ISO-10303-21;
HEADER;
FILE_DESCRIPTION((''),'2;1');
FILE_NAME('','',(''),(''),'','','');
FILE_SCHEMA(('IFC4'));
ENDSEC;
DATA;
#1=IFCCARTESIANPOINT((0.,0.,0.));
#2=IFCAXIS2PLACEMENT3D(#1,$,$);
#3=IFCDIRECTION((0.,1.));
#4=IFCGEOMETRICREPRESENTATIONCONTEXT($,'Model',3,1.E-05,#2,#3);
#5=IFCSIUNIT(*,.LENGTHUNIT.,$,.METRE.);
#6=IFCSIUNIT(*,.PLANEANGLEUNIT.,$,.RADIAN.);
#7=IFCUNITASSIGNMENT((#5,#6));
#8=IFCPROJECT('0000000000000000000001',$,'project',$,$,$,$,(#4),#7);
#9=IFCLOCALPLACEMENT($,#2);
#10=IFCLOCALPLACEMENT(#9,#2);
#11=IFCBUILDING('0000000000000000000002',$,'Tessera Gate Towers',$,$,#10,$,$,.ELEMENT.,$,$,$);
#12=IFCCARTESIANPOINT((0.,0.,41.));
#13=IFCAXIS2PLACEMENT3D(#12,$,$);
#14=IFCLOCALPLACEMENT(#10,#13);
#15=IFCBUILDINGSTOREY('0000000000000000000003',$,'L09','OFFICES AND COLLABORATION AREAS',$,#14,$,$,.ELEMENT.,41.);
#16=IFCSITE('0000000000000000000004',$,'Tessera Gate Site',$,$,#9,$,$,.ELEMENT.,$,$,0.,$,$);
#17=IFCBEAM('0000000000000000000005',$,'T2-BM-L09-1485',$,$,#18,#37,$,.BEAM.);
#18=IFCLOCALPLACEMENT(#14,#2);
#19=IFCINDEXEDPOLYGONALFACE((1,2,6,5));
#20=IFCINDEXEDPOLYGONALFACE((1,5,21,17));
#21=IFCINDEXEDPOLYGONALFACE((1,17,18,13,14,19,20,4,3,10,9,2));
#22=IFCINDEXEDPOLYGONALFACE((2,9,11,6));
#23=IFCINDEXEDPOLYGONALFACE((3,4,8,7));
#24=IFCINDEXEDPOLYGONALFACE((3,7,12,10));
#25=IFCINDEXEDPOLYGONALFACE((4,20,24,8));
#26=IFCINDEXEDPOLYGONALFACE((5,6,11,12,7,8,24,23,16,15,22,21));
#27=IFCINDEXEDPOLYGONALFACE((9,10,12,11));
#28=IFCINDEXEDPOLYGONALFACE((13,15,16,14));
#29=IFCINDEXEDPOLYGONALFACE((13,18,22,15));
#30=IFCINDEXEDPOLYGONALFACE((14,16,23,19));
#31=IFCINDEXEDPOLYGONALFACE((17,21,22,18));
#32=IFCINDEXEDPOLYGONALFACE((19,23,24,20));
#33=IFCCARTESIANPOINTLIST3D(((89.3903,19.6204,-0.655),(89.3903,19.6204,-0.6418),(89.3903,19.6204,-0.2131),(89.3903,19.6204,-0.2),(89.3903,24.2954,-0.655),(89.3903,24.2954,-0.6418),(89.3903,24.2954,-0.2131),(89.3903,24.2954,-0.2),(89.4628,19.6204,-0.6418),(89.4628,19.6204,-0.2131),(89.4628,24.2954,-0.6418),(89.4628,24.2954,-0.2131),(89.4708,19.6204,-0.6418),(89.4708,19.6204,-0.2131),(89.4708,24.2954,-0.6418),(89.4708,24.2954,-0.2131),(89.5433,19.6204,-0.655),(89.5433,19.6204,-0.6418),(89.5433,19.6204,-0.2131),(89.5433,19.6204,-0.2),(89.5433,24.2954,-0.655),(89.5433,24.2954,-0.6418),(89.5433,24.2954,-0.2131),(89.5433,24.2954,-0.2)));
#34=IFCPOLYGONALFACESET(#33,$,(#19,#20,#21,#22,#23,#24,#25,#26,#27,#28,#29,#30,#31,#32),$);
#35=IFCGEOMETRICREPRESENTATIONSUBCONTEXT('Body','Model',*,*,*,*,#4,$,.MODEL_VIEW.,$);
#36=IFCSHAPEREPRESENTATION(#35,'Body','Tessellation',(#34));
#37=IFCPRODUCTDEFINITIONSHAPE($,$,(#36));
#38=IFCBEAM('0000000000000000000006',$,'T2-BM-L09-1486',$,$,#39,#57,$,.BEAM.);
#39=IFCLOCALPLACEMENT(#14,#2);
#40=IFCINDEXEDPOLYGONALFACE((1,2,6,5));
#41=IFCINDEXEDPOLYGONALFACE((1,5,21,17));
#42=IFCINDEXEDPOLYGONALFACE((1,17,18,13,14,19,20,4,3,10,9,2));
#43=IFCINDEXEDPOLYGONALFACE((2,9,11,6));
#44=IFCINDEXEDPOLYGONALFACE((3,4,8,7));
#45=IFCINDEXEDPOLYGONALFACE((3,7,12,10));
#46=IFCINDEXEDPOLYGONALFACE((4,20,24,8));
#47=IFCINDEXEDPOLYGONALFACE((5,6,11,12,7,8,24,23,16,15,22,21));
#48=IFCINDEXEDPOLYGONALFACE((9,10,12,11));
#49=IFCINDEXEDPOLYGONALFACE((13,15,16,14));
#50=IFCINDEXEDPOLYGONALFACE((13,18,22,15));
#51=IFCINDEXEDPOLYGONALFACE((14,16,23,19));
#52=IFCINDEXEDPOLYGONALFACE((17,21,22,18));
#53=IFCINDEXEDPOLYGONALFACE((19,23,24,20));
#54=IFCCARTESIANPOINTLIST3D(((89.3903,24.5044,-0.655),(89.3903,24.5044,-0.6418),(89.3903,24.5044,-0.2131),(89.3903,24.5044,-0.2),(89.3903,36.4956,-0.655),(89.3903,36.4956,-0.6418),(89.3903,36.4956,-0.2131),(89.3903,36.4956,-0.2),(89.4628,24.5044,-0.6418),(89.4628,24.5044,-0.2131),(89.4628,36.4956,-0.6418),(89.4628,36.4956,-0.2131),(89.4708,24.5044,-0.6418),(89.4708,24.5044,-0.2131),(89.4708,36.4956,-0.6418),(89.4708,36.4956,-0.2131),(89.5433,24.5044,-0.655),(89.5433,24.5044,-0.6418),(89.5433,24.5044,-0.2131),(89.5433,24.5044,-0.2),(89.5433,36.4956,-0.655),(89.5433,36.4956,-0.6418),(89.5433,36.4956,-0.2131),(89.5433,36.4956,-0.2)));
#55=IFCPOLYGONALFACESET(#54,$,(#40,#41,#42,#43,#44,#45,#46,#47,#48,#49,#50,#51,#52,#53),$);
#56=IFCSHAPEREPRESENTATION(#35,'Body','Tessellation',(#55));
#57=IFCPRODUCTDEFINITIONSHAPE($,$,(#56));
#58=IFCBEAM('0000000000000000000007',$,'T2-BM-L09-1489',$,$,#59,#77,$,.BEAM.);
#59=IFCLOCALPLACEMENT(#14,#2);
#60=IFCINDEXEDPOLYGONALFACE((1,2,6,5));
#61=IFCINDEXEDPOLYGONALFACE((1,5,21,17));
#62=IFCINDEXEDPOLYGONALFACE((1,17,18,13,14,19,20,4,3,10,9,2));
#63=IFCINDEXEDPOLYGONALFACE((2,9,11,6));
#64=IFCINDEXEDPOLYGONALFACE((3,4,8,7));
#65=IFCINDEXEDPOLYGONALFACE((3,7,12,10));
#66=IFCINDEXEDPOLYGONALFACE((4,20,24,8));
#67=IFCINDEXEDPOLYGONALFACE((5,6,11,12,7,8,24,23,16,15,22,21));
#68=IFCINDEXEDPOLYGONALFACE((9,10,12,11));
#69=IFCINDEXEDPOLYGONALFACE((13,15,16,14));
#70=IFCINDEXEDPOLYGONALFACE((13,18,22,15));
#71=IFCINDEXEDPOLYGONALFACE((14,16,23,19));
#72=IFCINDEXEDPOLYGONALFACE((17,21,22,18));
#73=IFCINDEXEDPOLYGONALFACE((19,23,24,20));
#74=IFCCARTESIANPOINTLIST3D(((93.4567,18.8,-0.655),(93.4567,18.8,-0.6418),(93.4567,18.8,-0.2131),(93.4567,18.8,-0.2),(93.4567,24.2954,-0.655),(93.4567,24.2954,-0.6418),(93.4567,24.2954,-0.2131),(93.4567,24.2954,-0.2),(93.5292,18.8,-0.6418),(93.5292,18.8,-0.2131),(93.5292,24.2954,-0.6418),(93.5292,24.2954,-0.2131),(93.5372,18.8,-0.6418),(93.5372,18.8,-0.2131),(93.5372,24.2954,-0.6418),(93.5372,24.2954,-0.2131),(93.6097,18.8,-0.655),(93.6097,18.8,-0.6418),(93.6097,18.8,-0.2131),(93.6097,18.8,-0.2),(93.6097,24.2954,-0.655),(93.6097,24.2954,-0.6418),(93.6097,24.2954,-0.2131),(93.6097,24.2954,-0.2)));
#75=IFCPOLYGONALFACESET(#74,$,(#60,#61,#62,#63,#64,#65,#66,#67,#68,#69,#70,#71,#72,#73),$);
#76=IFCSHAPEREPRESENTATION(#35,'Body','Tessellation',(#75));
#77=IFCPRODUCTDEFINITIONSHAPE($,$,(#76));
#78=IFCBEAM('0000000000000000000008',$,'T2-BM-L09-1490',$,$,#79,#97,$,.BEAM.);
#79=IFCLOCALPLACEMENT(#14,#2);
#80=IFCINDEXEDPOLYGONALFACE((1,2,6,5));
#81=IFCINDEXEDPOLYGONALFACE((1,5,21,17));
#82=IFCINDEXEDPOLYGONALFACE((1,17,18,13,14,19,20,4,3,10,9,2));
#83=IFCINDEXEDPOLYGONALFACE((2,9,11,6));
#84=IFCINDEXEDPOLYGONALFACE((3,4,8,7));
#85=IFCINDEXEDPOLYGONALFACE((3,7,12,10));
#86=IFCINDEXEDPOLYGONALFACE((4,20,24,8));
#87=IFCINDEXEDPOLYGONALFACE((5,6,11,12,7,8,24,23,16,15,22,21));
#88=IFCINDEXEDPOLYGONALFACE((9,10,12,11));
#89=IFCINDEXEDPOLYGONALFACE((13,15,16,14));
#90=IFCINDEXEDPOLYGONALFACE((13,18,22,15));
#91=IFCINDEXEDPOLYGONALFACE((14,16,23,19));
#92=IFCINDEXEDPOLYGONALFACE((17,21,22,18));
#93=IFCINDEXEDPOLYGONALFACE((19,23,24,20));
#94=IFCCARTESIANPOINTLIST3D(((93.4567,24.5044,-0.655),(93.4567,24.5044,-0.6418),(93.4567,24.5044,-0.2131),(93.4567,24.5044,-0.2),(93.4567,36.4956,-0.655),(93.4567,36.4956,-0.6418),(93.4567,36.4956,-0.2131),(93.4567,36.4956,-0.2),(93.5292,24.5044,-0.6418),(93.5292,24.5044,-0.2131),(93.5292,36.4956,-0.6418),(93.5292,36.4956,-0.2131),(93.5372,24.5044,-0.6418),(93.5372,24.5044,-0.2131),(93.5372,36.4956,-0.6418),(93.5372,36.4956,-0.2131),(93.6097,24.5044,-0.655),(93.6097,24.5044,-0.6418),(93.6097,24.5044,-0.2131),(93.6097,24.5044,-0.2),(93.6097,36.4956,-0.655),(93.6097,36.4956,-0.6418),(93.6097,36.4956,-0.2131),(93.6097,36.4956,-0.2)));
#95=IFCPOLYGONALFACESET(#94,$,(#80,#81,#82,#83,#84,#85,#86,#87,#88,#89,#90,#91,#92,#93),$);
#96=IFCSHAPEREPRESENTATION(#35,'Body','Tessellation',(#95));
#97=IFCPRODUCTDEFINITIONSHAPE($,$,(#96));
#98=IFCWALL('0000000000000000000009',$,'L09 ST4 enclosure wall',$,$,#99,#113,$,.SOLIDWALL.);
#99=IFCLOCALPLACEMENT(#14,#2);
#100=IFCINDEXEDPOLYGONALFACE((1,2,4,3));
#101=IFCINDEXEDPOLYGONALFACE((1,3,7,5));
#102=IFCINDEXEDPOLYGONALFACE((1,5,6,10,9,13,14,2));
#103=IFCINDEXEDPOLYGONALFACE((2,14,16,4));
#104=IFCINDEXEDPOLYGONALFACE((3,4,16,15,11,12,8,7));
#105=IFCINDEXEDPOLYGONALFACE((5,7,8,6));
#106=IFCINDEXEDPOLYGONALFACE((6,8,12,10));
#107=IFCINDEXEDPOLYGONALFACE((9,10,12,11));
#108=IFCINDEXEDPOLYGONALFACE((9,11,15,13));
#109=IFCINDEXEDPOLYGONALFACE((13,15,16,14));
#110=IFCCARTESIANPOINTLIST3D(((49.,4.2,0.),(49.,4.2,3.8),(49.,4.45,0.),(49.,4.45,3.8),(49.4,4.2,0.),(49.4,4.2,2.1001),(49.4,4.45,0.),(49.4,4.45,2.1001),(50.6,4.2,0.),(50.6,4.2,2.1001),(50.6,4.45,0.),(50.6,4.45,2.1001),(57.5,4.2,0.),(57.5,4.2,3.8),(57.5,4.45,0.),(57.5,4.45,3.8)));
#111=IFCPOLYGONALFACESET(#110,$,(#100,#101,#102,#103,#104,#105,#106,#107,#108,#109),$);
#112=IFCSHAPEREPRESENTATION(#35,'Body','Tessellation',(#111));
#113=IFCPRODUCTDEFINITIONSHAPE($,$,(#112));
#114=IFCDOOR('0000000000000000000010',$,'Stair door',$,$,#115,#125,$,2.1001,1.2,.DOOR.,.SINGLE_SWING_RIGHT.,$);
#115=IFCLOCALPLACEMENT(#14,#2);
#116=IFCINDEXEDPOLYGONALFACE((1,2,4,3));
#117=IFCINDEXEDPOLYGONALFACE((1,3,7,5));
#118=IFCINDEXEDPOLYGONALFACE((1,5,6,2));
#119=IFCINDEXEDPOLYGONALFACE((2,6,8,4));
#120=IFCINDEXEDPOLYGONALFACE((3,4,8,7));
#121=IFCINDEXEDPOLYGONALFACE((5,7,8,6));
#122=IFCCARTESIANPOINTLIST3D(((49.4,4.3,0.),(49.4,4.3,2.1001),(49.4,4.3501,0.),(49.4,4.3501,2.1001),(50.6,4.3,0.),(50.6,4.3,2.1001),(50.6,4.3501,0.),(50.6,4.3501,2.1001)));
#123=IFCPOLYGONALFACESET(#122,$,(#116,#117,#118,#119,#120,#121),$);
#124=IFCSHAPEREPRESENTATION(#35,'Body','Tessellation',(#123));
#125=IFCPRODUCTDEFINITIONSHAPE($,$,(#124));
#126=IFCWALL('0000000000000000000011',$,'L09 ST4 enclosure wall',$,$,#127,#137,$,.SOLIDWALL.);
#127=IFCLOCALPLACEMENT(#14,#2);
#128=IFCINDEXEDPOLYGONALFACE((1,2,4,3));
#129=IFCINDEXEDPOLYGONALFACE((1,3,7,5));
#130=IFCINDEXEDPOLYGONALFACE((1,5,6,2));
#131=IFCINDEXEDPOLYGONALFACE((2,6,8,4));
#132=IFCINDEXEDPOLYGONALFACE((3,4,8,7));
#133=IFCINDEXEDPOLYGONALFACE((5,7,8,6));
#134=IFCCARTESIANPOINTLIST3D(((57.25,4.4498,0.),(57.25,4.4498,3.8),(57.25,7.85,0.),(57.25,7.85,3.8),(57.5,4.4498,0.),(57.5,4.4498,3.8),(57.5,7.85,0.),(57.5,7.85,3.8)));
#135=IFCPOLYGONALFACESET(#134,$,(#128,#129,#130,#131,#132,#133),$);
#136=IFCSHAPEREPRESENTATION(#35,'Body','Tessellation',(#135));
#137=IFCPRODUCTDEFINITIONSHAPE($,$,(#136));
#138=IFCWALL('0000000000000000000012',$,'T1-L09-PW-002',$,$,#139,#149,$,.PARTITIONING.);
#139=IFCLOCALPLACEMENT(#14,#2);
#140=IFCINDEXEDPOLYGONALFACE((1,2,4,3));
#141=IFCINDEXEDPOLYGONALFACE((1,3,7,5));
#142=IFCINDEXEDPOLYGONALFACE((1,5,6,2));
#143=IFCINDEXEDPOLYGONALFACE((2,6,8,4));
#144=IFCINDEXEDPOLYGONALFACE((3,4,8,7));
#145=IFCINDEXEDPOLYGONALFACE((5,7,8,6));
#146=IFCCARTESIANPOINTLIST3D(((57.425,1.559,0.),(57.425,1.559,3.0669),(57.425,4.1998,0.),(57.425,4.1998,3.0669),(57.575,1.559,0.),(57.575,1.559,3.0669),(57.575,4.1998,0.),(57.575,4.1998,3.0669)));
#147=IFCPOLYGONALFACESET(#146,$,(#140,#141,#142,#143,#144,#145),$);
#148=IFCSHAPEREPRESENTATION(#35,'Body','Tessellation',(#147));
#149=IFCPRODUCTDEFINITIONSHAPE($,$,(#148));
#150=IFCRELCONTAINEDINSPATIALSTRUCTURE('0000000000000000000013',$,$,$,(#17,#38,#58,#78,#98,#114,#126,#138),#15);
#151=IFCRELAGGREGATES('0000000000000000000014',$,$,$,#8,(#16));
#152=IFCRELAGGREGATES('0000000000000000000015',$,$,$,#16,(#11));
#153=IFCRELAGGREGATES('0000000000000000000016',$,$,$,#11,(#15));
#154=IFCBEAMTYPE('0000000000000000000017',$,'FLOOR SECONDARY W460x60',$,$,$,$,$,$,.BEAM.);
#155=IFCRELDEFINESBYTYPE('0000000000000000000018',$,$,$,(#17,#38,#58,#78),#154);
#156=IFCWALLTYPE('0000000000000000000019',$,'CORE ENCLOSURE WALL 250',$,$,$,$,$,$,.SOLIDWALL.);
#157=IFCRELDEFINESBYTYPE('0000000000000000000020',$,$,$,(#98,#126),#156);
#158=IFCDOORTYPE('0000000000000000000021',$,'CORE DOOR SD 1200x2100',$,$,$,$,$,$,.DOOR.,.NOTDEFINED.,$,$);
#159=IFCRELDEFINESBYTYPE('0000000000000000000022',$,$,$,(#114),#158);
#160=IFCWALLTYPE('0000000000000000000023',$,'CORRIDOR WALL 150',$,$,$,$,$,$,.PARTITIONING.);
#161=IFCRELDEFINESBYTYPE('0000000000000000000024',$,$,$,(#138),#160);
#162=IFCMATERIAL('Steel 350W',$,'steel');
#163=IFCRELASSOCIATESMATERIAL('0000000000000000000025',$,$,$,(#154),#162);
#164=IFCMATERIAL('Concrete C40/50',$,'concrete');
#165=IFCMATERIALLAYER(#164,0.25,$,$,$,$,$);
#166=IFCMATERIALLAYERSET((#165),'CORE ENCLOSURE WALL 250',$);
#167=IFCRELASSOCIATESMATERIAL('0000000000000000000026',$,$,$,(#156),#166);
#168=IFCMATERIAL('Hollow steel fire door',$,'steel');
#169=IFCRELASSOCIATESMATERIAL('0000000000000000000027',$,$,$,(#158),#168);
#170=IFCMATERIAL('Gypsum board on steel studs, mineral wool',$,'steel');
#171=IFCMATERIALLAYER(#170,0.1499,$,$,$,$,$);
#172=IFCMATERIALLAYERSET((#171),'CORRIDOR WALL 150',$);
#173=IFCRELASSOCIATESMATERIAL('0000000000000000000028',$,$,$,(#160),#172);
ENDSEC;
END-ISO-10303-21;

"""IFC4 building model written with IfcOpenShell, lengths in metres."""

from ifc_helpers import new_model, si_unit, direction, frame, frame_2d, origin, origin_2d, place, context, subcontext, project, spatial, rectangle, i_section, extrude, source, transform, mapped, material, layer, layer_set, material_profile, profile_set, type_object, element, fill, save


model = new_model("IFC4")

# Units and contexts
model_context = context("Model", 3, precision=1e-05, world=origin(), true_north=direction((0.0, 1.0)))
body_context = subcontext(model_context, "Body", "Model", "MODEL_VIEW")
ifc_project = project(units=[si_unit("LENGTHUNIT", "METRE"), si_unit("PLANEANGLEUNIT", "RADIAN")], contexts=[model_context])

# Site, building, storey
site_placement = place(None, origin())
site = spatial("IfcSite", under=ifc_project, at=site_placement, Name="Tessera Gate Site", CompositionType="ELEMENT", RefElevation=0.0)
building_placement = place(site_placement, origin())
building = spatial("IfcBuilding", under=site, at=building_placement, Name="Tessera Gate Towers", CompositionType="ELEMENT")
storey_placement = place(building_placement, frame((0.0, 0.0, 41.0)))
storey = spatial("IfcBuildingStorey", under=building, at=storey_placement, Name="L09", Description="OFFICES AND COLLABORATION AREAS", CompositionType="ELEMENT", Elevation=41.0)

# Beams
ifc_material_1 = material(Name="Steel 350W", Category="steel")
ifc_material_profile_1 = material_profile(ifc_material_1, i_section(OverallWidth=0.1531, OverallDepth=0.4551, WebThickness=0.0081, FlangeThickness=0.0132, at=origin_2d()), Name="W460x60")
ifc_profile_set_1 = profile_set([ifc_material_profile_1], Name="Steel 350W")
beam_type_1 = type_object("IfcBeamType", Name="FLOOR SECONDARY W460x60", PredefinedType="BEAM", material=ifc_profile_set_1)
beam_1_placement = place(storey_placement, frame((89.4668, 19.6204, -0.4275), z_axis=(0.0, 1.0, 0.0), x_axis=(-1.0, 0.0, 0.0)))
element("IfcBeam", 1, at=beam_1_placement, inside=storey, type_object=beam_type_1, Name="T2-BM-L09-1485", PredefinedType="BEAM", context=body_context, shape_type="SweptSolid", body=[
    extrude(i_section(OverallWidth=0.1531, OverallDepth=0.4551, WebThickness=0.0081, FlangeThickness=0.0132, at=origin_2d()), origin(), (0.0, 0.0, 1.0), 4.675),
])
beam_2_placement = place(storey_placement, frame((89.4668, 24.5044, -0.4275), z_axis=(0.0, 1.0, 0.0), x_axis=(-1.0, 0.0, 0.0)))
element("IfcBeam", 2, at=beam_2_placement, inside=storey, type_object=beam_type_1, Name="T2-BM-L09-1486", PredefinedType="BEAM", context=body_context, shape_type="SweptSolid", body=[
    extrude(i_section(OverallWidth=0.1531, OverallDepth=0.4551, WebThickness=0.0081, FlangeThickness=0.0132, at=origin_2d()), origin(), (0.0, 0.0, 1.0), 11.9912),
])
beam_3_placement = place(storey_placement, frame((93.5332, 18.8, -0.4275), z_axis=(0.0, 1.0, 0.0), x_axis=(-1.0, 0.0, 0.0)))
element("IfcBeam", 3, at=beam_3_placement, inside=storey, type_object=beam_type_1, Name="T2-BM-L09-1489", PredefinedType="BEAM", context=body_context, shape_type="SweptSolid", body=[
    extrude(i_section(OverallWidth=0.1531, OverallDepth=0.4551, WebThickness=0.0081, FlangeThickness=0.0132, at=origin_2d()), origin(), (0.0, 0.0, 1.0), 5.4954),
])
beam_4_placement = place(storey_placement, frame((93.5332, 24.5044, -0.4275), z_axis=(0.0, 1.0, 0.0), x_axis=(-1.0, 0.0, 0.0)))
element("IfcBeam", 4, at=beam_4_placement, inside=storey, type_object=beam_type_1, Name="T2-BM-L09-1490", PredefinedType="BEAM", context=body_context, shape_type="SweptSolid", body=[
    extrude(i_section(OverallWidth=0.1531, OverallDepth=0.4551, WebThickness=0.0081, FlangeThickness=0.0132, at=origin_2d()), origin(), (0.0, 0.0, 1.0), 11.9912),
])

# Wall, opening, door
ifc_material_2 = material(Name="Concrete C40/50", Category="concrete")
ifc_layer_1 = layer(ifc_material_2, 0.25)
ifc_layer_set_1 = layer_set([ifc_layer_1], Name="CORE ENCLOSURE WALL 250")
wall_type_1 = type_object("IfcWallType", Name="CORE ENCLOSURE WALL 250", PredefinedType="SOLIDWALL", material=ifc_layer_set_1)
wall_1_placement = place(storey_placement, frame((57.5, 4.325, 0.0), z_axis=(0.0, 0.0, 1.0), x_axis=(-1.0, 0.0, 0.0)))
wall_1 = element("IfcWall", 5, at=wall_1_placement, inside=storey, type_object=wall_type_1, Name="L09 ST4 enclosure wall", PredefinedType="SOLIDWALL", context=body_context, shape_type="SweptSolid", body=[
    extrude(rectangle(XDim=8.5, YDim=0.25, at=frame_2d((4.25, 0.0))), origin(), (0.0, 0.0, 1.0), 3.8),
])
shared_shape_1 = source(origin(), body_context, "Body", "SweptSolid", [
    extrude(rectangle(XDim=1.2, YDim=2.1001, at=frame_2d((0.6001, 1.05))), frame((0.0, 0.135, 0.0), z_axis=(0.0, -1.0, 0.0), x_axis=(1.0, 0.0, 0.0)), (0.0, 0.0, 1.0), 0.27),
])
opening_1_placement = place(wall_1_placement, frame((6.8999, 0.0, 0.0)))
opening_1 = element("IfcOpeningElement", 6, at=opening_1_placement, cuts=wall_1, PredefinedType="OPENING", context=body_context, shape_type="MappedRepresentation", body=[
    mapped(shared_shape_1, transform((0.0, 0.0, 0.0), scale=1.0)),
])
ifc_material_3 = material(Name="Hollow steel fire door", Category="steel")
door_type_1 = type_object("IfcDoorType", Name="CORE DOOR SD 1200x2100", OperationType="NOTDEFINED", PredefinedType="DOOR", material=ifc_material_3)
shared_shape_2 = source(origin(), body_context, "Body", "SweptSolid", [
    extrude(rectangle(XDim=1.2, YDim=2.1001, at=frame_2d((0.6001, 1.05))), frame((0.0, 0.0249, 0.0), z_axis=(0.0, -1.0, 0.0), x_axis=(1.0, 0.0, 0.0)), (0.0, 0.0, 1.0), 0.05),
])
door_1_placement = place(opening_1_placement, origin())
door_1 = element("IfcDoor", 7, at=door_1_placement, inside=storey, type_object=door_type_1, Name="Stair door", OperationType="SINGLE_SWING_RIGHT", OverallHeight=2.1001, OverallWidth=1.2, PredefinedType="DOOR", context=body_context, shape_type="MappedRepresentation", body=[
    mapped(shared_shape_2, transform((0.0, 0.0, 0.0), scale=1.0)),
])
fill(opening_1, door_1)

# Walls
wall_2_placement = place(storey_placement, frame((57.375, 7.8501, 0.0), z_axis=(0.0, 0.0, 1.0), x_axis=(0.0, -1.0, 0.0)))
element("IfcWall", 8, at=wall_2_placement, inside=storey, type_object=wall_type_1, Name="L09 ST4 enclosure wall", PredefinedType="SOLIDWALL", context=body_context, shape_type="SweptSolid", body=[
    extrude(rectangle(XDim=3.4001, YDim=0.25, at=frame_2d((1.7002, 0.0))), origin(), (0.0, 0.0, 1.0), 3.8),
])
ifc_material_4 = material(Name="Gypsum board on steel studs, mineral wool", Category="steel")
ifc_layer_2 = layer(ifc_material_4, 0.1499)
ifc_layer_set_2 = layer_set([ifc_layer_2], Name="CORRIDOR WALL 150")
wall_type_2 = type_object("IfcWallType", Name="CORRIDOR WALL 150", PredefinedType="PARTITIONING", material=ifc_layer_set_2)
wall_3_placement = place(storey_placement, frame((57.5, 1.5591, 0.0), z_axis=(0.0, 0.0, 1.0), x_axis=(0.0, 1.0, 0.0)))
element("IfcWall", 9, at=wall_3_placement, inside=storey, type_object=wall_type_2, Name="T1-L09-PW-002", PredefinedType="PARTITIONING", context=body_context, shape_type="SweptSolid", body=[
    extrude(rectangle(XDim=2.6409, YDim=0.1499, at=frame_2d((1.3203, 0.0))), origin(), (0.0, 0.0, 1.0), 3.0669),
])

save(model, "model.ifc")
